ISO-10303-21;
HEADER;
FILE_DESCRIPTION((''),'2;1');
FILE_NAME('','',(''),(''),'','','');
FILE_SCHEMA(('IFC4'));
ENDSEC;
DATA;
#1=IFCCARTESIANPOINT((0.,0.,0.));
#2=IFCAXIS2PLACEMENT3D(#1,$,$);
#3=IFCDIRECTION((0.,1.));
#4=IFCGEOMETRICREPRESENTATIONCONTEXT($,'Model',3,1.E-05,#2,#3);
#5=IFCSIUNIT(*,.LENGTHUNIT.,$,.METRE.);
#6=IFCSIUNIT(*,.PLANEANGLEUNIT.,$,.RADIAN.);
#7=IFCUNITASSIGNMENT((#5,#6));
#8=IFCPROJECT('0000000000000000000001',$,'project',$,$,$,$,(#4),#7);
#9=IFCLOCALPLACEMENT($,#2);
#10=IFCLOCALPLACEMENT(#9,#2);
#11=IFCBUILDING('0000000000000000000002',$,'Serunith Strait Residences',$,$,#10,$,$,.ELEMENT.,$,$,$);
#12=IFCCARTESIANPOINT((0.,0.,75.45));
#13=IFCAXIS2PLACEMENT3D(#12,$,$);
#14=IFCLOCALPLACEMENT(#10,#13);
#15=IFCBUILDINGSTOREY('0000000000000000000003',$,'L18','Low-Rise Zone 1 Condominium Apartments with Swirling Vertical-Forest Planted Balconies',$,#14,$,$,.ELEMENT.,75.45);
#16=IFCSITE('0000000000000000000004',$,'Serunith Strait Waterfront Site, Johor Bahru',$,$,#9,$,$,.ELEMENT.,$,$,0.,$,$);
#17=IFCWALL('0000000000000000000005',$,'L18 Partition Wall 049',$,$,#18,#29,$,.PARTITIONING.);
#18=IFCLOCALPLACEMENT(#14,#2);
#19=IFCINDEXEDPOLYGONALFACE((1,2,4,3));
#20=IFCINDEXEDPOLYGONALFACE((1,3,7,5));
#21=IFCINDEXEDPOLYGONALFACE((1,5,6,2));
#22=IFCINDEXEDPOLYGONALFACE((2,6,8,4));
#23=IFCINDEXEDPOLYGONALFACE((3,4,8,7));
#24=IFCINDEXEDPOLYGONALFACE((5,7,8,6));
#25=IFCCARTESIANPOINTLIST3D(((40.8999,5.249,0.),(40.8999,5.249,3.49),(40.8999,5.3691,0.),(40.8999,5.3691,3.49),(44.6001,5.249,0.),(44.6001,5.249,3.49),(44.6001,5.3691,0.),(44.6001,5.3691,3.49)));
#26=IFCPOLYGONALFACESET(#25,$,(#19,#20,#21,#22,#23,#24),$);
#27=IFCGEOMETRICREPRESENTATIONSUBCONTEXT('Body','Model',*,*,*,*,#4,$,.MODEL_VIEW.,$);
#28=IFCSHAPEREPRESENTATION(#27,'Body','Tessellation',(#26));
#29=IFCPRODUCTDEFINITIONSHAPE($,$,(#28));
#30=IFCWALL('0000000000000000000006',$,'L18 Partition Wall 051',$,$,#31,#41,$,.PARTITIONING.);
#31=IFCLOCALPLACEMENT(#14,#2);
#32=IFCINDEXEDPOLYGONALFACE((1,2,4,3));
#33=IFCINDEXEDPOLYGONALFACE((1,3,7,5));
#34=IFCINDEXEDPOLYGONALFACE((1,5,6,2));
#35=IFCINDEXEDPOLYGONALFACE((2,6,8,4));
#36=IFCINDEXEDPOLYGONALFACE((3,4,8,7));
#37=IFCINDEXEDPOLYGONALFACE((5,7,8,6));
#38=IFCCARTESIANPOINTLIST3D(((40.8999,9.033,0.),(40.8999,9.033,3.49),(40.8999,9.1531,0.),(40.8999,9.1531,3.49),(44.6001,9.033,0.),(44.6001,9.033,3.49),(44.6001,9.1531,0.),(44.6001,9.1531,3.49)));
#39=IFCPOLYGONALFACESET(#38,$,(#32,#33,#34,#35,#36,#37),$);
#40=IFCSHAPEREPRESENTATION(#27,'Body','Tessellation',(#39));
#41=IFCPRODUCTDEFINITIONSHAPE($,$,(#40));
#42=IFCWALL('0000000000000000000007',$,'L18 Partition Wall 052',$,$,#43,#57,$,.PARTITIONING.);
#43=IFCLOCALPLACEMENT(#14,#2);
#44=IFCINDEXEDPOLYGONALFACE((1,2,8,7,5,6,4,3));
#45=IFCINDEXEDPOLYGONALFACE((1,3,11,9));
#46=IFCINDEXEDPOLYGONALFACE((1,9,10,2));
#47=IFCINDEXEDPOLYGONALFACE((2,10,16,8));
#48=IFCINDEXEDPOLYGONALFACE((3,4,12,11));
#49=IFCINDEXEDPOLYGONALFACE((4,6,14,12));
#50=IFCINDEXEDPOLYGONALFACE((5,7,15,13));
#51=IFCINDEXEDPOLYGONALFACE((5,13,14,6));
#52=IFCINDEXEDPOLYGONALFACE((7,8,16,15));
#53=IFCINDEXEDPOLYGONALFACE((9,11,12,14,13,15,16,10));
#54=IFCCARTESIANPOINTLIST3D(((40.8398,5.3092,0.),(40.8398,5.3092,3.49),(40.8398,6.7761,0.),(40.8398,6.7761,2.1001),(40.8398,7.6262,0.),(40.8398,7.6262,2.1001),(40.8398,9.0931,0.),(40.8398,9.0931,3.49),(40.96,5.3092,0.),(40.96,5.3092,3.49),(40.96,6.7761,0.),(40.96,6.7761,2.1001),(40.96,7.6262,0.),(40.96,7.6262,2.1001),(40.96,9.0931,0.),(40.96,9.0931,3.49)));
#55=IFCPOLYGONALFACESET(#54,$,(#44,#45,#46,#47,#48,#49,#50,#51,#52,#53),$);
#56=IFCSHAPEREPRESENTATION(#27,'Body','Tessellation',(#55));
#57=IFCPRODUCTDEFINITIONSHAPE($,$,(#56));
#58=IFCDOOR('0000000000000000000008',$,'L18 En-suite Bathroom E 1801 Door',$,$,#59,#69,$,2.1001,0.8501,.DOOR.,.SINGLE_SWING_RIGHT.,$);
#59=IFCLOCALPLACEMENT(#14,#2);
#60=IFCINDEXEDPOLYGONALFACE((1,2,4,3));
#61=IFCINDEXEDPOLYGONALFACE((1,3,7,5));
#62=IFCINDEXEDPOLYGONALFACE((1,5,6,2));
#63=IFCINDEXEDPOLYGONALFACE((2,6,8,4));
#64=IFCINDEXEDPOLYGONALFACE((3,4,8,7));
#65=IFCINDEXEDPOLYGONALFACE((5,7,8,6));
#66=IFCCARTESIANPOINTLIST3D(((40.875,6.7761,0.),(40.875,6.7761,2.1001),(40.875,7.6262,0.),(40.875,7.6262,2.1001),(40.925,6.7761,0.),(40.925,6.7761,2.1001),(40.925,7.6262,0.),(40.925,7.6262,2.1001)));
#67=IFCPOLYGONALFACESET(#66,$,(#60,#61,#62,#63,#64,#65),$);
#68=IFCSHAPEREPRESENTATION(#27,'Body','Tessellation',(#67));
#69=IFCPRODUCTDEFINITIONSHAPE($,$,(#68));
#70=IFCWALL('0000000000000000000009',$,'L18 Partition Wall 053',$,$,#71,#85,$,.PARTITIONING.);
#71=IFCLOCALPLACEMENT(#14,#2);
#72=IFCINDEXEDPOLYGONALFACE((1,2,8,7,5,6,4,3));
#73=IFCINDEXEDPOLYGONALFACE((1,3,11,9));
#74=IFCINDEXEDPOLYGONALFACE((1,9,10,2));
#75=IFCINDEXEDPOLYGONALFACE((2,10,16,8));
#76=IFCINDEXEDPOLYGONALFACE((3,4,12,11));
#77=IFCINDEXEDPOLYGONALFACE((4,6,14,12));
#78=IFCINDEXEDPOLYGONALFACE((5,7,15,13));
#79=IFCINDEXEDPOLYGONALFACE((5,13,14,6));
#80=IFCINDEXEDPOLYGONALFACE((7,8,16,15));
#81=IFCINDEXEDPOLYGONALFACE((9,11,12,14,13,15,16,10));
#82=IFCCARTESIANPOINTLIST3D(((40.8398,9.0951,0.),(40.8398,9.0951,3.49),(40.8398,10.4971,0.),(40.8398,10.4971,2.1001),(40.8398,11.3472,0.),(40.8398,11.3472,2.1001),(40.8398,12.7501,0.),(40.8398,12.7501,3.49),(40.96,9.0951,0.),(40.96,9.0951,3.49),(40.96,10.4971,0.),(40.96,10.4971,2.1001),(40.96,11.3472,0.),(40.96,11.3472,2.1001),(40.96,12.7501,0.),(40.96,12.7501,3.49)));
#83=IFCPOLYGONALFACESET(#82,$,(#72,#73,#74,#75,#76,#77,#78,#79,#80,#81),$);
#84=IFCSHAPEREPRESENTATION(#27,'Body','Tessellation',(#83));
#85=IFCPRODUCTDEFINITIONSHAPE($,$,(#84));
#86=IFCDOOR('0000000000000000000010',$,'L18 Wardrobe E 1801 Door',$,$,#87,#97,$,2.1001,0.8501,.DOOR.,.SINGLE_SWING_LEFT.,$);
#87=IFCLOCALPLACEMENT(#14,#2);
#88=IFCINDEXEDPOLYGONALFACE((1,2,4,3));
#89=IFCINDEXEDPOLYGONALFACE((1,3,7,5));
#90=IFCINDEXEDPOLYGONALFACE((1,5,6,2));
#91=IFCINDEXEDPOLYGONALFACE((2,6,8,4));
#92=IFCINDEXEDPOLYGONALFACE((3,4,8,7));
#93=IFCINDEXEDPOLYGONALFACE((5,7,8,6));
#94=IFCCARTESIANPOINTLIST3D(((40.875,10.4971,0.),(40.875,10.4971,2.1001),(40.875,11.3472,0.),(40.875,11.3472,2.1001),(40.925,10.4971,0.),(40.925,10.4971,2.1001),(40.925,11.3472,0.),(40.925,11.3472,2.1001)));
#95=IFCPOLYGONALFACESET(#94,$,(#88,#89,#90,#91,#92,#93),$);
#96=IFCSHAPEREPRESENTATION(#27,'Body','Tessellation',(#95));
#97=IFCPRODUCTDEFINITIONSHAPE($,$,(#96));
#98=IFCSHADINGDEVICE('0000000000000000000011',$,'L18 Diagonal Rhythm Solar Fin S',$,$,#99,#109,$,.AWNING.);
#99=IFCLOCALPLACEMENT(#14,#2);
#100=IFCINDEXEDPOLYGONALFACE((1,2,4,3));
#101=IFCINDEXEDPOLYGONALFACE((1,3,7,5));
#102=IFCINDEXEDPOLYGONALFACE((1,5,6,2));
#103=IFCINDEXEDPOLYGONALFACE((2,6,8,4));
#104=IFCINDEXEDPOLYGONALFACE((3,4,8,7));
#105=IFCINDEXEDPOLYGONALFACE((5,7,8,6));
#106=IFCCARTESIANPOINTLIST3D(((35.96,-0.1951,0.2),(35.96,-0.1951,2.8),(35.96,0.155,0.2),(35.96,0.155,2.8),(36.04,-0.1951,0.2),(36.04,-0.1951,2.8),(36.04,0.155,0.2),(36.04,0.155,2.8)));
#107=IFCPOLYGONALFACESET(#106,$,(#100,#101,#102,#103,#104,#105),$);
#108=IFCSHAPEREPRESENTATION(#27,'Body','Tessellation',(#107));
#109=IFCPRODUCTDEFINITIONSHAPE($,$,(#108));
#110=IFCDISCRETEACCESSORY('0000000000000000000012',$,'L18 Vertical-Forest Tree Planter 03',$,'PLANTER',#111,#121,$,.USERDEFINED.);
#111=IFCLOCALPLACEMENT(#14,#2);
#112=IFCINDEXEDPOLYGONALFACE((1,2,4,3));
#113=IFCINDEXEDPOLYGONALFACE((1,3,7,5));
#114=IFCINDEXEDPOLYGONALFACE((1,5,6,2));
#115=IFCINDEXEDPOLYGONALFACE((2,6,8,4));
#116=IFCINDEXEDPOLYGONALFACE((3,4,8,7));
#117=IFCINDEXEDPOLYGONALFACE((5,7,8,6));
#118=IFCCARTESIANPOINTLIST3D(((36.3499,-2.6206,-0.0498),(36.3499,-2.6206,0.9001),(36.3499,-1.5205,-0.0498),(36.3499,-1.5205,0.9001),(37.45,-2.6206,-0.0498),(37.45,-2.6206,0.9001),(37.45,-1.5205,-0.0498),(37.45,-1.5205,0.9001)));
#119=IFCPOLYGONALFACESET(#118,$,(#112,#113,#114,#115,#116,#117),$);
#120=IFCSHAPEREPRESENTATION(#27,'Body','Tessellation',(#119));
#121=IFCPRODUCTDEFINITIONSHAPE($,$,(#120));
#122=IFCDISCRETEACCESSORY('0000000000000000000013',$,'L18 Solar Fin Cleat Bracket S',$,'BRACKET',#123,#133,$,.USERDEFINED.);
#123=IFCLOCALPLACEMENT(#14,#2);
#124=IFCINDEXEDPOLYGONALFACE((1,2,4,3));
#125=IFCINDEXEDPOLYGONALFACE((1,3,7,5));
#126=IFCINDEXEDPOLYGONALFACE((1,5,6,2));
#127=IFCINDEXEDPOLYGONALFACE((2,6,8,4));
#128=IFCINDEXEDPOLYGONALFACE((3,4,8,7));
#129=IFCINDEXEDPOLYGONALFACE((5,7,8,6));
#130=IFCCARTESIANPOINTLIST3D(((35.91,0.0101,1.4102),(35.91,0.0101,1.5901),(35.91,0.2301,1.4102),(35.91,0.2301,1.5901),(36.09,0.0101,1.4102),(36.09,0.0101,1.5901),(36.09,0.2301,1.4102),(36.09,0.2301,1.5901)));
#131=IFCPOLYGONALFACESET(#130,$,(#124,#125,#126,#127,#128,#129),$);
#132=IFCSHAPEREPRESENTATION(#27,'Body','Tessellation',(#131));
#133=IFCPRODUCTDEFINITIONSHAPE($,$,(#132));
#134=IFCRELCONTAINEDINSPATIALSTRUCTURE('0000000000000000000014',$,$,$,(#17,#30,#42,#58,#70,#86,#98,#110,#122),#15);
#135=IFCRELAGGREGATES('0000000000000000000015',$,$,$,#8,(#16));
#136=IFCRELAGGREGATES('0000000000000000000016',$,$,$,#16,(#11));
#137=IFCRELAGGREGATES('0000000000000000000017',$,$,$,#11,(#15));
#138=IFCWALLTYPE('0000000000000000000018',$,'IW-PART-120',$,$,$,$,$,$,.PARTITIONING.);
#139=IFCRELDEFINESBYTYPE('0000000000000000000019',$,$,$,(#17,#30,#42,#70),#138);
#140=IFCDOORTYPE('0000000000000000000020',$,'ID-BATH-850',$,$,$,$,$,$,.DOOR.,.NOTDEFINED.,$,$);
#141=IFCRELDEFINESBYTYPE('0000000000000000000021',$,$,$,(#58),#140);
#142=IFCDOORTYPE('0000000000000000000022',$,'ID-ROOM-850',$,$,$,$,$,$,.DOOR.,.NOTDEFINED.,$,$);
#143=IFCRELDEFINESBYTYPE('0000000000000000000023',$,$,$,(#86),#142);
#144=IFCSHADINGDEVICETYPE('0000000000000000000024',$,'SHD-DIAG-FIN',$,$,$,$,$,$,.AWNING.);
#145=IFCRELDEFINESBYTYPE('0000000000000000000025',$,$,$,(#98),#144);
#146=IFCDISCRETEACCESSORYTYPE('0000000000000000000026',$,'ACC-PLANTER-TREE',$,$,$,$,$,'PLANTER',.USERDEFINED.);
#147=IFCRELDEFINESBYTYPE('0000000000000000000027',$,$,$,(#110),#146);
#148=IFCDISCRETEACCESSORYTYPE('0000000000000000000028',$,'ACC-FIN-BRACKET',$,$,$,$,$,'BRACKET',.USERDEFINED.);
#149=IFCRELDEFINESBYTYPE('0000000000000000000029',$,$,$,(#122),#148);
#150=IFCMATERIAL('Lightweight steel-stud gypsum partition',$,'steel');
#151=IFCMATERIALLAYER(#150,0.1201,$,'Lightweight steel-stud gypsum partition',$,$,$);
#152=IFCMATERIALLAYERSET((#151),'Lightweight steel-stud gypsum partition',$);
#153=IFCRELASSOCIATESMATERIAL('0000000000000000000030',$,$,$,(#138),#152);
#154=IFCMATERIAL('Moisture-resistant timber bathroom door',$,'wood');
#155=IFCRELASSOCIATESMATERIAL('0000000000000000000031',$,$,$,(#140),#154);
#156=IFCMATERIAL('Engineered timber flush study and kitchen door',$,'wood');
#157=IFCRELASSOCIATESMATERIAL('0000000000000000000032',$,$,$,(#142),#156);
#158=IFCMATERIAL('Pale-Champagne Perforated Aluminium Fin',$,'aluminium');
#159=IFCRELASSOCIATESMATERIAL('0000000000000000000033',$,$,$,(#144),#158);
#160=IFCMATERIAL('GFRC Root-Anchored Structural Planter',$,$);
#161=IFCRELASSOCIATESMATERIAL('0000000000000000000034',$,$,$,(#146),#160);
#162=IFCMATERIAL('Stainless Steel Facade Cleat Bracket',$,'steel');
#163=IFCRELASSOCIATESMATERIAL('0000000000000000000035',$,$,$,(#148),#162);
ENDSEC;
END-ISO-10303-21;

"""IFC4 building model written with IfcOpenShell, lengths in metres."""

from ifc_helpers import new_model, si_unit, direction, frame, frame_2d, origin, origin_2d, place, context, subcontext, project, spatial, rectangle, extrude, source, transform, mapped, material, layer, layer_set, type_object, element, fill, save


model = new_model("IFC4")

# Units and contexts
model_context = context("Model", 3, precision=1e-05, world=origin(), true_north=direction((0.0, 1.0)))
body_context = subcontext(model_context, "Body", "Model", "MODEL_VIEW")
ifc_project = project(units=[si_unit("LENGTHUNIT", "METRE"), si_unit("PLANEANGLEUNIT", "RADIAN")], contexts=[model_context])

# Site, building, storey
site_placement = place(None, origin())
site = spatial("IfcSite", under=ifc_project, at=site_placement, Name="Serunith Strait Waterfront Site, Johor Bahru", CompositionType="ELEMENT", RefElevation=0.0)
building_placement = place(site_placement, origin())
building = spatial("IfcBuilding", under=site, at=building_placement, Name="Serunith Strait Residences", CompositionType="ELEMENT")
storey_placement = place(building_placement, frame((0.0, 0.0, 75.45)))
storey = spatial("IfcBuildingStorey", under=building, at=storey_placement, Name="L18", Description="Low-Rise Zone 1 Condominium Apartments with Swirling Vertical-Forest Planted Balconies", CompositionType="ELEMENT", Elevation=75.45)

# Shared definitions
ifc_material_1 = material(Name="Lightweight steel-stud gypsum partition", Category="steel")
ifc_layer_1 = layer(ifc_material_1, 0.1201, Name="Lightweight steel-stud gypsum partition")
ifc_layer_set_1 = layer_set([ifc_layer_1], Name="Lightweight steel-stud gypsum partition")
wall_type = type_object("IfcWallType", Name="IW-PART-120", PredefinedType="PARTITIONING", material=ifc_layer_set_1)

# Walls
for number, where, z_axis, x_axis, name in (
    (1, (40.8999, 5.3091, 0.0), (0.0, 0.0, 1.0), (1.0, 0.0, 0.0), "L18 Partition Wall 049"),
    (2, (40.8999, 9.093, 0.0), (0.0, 0.0, 1.0), (1.0, 0.0, 0.0), "L18 Partition Wall 051"),
):
    element("IfcWall", number, at=place(storey_placement, frame(where, z_axis=z_axis, x_axis=x_axis)), inside=storey, type_object=wall_type, Name=name, PredefinedType="PARTITIONING", context=body_context, shape_type="SweptSolid", body=[
        extrude(rectangle(XDim=3.7002, YDim=0.1201, at=frame_2d((1.8501, 0.0))), origin(), (0.0, 0.0, 1.0), 3.49),
    ])

# Walls, openings, doors
wall_1_placement = place(storey_placement, frame((40.8999, 5.3091, 0.0), z_axis=(0.0, 0.0, 1.0), x_axis=(0.0, 1.0, 0.0)))
wall_1 = element("IfcWall", 3, at=wall_1_placement, inside=storey, type_object=wall_type, Name="L18 Partition Wall 052", PredefinedType="PARTITIONING", context=body_context, shape_type="SweptSolid", body=[
    extrude(rectangle(XDim=3.7839, YDim=0.1201, at=frame_2d((1.8921, 0.0))), origin(), (0.0, 0.0, 1.0), 3.49),
])
opening_1_placement = place(wall_1_placement, frame((1.467, 0.0, 0.0)))
opening_1 = element("IfcOpeningElement", 4, at=opening_1_placement, cuts=wall_1, PredefinedType="OPENING", context=body_context, shape_type="SweptSolid", body=[
    extrude(rectangle(XDim=0.8501, YDim=2.1001, at=frame_2d((0.425, 1.05))), frame((0.0, 0.0701, 0.0), z_axis=(0.0, -1.0, 0.0), x_axis=(1.0, 0.0, 0.0)), (0.0, 0.0, 1.0), 0.1401),
])
ifc_material_2 = material(Name="Moisture-resistant timber bathroom door", Category="wood")
door_type_1 = type_object("IfcDoorType", Name="ID-BATH-850", OperationType="NOTDEFINED", PredefinedType="DOOR", material=ifc_material_2)
shared_shape_1 = source(origin(), body_context, "Body", "SweptSolid", [
    extrude(rectangle(XDim=0.8501, YDim=2.1001, at=frame_2d((0.425, 1.05))), frame((0.0, 0.0249, 0.0), z_axis=(0.0, -1.0, 0.0), x_axis=(1.0, 0.0, 0.0)), (0.0, 0.0, 1.0), 0.05),
])
door_1_placement = place(opening_1_placement, origin())
door_1 = element("IfcDoor", 5, at=door_1_placement, inside=storey, type_object=door_type_1, Name="L18 En-suite Bathroom E 1801 Door", OperationType="SINGLE_SWING_RIGHT", OverallHeight=2.1001, OverallWidth=0.8501, PredefinedType="DOOR", context=body_context, shape_type="MappedRepresentation", body=[
    mapped(shared_shape_1, transform((0.0, 0.0, 0.0), scale=1.0)),
])
fill(opening_1, door_1)
wall_2_placement = place(storey_placement, frame((40.8999, 9.095, 0.0), z_axis=(0.0, 0.0, 1.0), x_axis=(0.0, 1.0, 0.0)))
wall_2 = element("IfcWall", 6, at=wall_2_placement, inside=storey, type_object=wall_type, Name="L18 Partition Wall 053", PredefinedType="PARTITIONING", context=body_context, shape_type="SweptSolid", body=[
    extrude(rectangle(XDim=3.655, YDim=0.1201, at=frame_2d((1.8276, 0.0))), origin(), (0.0, 0.0, 1.0), 3.49),
])
opening_2_placement = place(wall_2_placement, frame((1.4021, 0.0, 0.0)))
opening_2 = element("IfcOpeningElement", 7, at=opening_2_placement, cuts=wall_2, PredefinedType="OPENING", context=body_context, shape_type="SweptSolid", body=[
    extrude(rectangle(XDim=0.8501, YDim=2.1001, at=frame_2d((0.425, 1.05))), frame((0.0, 0.0701, 0.0), z_axis=(0.0, -1.0, 0.0), x_axis=(1.0, 0.0, 0.0)), (0.0, 0.0, 1.0), 0.1401),
])
ifc_material_3 = material(Name="Engineered timber flush study and kitchen door", Category="wood")
door_type_2 = type_object("IfcDoorType", Name="ID-ROOM-850", OperationType="NOTDEFINED", PredefinedType="DOOR", material=ifc_material_3)
door_2_placement = place(opening_2_placement, origin())
door_2 = element("IfcDoor", 8, at=door_2_placement, inside=storey, type_object=door_type_2, Name="L18 Wardrobe E 1801 Door", OperationType="SINGLE_SWING_LEFT", OverallHeight=2.1001, OverallWidth=0.8501, PredefinedType="DOOR", context=body_context, shape_type="MappedRepresentation", body=[
    mapped(shared_shape_1, transform((0.0, 0.0, 0.0), scale=1.0)),
])
fill(opening_2, door_2)

# Shading device
ifc_material_4 = material(Name="Pale-Champagne Perforated Aluminium Fin", Category="aluminium")
shading_device_type = type_object("IfcShadingDeviceType", Name="SHD-DIAG-FIN", PredefinedType="AWNING", material=ifc_material_4)
shared_shape_2 = source(origin(), body_context, "Body", "SweptSolid", [
    extrude(rectangle(XDim=0.0801, YDim=0.3501, at=origin_2d()), origin(), (0.0, 0.0, 1.0), 2.6001),
])
shading_device_placement = place(storey_placement, frame((36.0, -0.02, 0.2), z_axis=(0.0, 0.0, 1.0), x_axis=(1.0, 0.0, 0.0)))
element("IfcShadingDevice", 9, at=shading_device_placement, inside=storey, type_object=shading_device_type, Name="L18 Diagonal Rhythm Solar Fin S", PredefinedType="AWNING", context=body_context, shape_type="MappedRepresentation", body=[
    mapped(shared_shape_2, transform((0.0, 0.0, 0.0), scale=1.0)),
])

# Discrete accessories
ifc_material_5 = material(Name="GFRC Root-Anchored Structural Planter")
discrete_accessory_type_1 = type_object("IfcDiscreteAccessoryType", Name="ACC-PLANTER-TREE", ElementType="PLANTER", PredefinedType="USERDEFINED", material=ifc_material_5)
shared_shape_3 = source(origin(), body_context, "Body", "SweptSolid", [
    extrude(rectangle(XDim=1.1001, YDim=1.1001, at=origin_2d()), origin(), (0.0, 0.0, 1.0), 0.95),
])
discrete_accessory_1_placement = place(storey_placement, frame((36.8999, -2.0706, -0.0498), z_axis=(0.0, 0.0, 1.0), x_axis=(1.0, 0.0, 0.0)))
element("IfcDiscreteAccessory", 10, at=discrete_accessory_1_placement, inside=storey, type_object=discrete_accessory_type_1, Name="L18 Vertical-Forest Tree Planter 03", ObjectType="PLANTER", PredefinedType="USERDEFINED", context=body_context, shape_type="MappedRepresentation", body=[
    mapped(shared_shape_3, transform((0.0, 0.0, 0.0), scale=1.0)),
])
ifc_material_6 = material(Name="Stainless Steel Facade Cleat Bracket", Category="steel")
discrete_accessory_type_2 = type_object("IfcDiscreteAccessoryType", Name="ACC-FIN-BRACKET", ElementType="BRACKET", PredefinedType="USERDEFINED", material=ifc_material_6)
shared_shape_4 = source(origin(), body_context, "Body", "SweptSolid", [
    extrude(rectangle(XDim=0.1799, YDim=0.22, at=origin_2d()), origin(), (0.0, 0.0, 1.0), 0.1799),
])
discrete_accessory_2_placement = place(storey_placement, frame((36.0, 0.1201, 1.4102), z_axis=(0.0, 0.0, 1.0), x_axis=(1.0, 0.0, 0.0)))
element("IfcDiscreteAccessory", 11, at=discrete_accessory_2_placement, inside=storey, type_object=discrete_accessory_type_2, Name="L18 Solar Fin Cleat Bracket S", ObjectType="BRACKET", PredefinedType="USERDEFINED", context=body_context, shape_type="MappedRepresentation", body=[
    mapped(shared_shape_4, transform((0.0, 0.0, 0.0), scale=1.0)),
])

save(model, "model.ifc")
